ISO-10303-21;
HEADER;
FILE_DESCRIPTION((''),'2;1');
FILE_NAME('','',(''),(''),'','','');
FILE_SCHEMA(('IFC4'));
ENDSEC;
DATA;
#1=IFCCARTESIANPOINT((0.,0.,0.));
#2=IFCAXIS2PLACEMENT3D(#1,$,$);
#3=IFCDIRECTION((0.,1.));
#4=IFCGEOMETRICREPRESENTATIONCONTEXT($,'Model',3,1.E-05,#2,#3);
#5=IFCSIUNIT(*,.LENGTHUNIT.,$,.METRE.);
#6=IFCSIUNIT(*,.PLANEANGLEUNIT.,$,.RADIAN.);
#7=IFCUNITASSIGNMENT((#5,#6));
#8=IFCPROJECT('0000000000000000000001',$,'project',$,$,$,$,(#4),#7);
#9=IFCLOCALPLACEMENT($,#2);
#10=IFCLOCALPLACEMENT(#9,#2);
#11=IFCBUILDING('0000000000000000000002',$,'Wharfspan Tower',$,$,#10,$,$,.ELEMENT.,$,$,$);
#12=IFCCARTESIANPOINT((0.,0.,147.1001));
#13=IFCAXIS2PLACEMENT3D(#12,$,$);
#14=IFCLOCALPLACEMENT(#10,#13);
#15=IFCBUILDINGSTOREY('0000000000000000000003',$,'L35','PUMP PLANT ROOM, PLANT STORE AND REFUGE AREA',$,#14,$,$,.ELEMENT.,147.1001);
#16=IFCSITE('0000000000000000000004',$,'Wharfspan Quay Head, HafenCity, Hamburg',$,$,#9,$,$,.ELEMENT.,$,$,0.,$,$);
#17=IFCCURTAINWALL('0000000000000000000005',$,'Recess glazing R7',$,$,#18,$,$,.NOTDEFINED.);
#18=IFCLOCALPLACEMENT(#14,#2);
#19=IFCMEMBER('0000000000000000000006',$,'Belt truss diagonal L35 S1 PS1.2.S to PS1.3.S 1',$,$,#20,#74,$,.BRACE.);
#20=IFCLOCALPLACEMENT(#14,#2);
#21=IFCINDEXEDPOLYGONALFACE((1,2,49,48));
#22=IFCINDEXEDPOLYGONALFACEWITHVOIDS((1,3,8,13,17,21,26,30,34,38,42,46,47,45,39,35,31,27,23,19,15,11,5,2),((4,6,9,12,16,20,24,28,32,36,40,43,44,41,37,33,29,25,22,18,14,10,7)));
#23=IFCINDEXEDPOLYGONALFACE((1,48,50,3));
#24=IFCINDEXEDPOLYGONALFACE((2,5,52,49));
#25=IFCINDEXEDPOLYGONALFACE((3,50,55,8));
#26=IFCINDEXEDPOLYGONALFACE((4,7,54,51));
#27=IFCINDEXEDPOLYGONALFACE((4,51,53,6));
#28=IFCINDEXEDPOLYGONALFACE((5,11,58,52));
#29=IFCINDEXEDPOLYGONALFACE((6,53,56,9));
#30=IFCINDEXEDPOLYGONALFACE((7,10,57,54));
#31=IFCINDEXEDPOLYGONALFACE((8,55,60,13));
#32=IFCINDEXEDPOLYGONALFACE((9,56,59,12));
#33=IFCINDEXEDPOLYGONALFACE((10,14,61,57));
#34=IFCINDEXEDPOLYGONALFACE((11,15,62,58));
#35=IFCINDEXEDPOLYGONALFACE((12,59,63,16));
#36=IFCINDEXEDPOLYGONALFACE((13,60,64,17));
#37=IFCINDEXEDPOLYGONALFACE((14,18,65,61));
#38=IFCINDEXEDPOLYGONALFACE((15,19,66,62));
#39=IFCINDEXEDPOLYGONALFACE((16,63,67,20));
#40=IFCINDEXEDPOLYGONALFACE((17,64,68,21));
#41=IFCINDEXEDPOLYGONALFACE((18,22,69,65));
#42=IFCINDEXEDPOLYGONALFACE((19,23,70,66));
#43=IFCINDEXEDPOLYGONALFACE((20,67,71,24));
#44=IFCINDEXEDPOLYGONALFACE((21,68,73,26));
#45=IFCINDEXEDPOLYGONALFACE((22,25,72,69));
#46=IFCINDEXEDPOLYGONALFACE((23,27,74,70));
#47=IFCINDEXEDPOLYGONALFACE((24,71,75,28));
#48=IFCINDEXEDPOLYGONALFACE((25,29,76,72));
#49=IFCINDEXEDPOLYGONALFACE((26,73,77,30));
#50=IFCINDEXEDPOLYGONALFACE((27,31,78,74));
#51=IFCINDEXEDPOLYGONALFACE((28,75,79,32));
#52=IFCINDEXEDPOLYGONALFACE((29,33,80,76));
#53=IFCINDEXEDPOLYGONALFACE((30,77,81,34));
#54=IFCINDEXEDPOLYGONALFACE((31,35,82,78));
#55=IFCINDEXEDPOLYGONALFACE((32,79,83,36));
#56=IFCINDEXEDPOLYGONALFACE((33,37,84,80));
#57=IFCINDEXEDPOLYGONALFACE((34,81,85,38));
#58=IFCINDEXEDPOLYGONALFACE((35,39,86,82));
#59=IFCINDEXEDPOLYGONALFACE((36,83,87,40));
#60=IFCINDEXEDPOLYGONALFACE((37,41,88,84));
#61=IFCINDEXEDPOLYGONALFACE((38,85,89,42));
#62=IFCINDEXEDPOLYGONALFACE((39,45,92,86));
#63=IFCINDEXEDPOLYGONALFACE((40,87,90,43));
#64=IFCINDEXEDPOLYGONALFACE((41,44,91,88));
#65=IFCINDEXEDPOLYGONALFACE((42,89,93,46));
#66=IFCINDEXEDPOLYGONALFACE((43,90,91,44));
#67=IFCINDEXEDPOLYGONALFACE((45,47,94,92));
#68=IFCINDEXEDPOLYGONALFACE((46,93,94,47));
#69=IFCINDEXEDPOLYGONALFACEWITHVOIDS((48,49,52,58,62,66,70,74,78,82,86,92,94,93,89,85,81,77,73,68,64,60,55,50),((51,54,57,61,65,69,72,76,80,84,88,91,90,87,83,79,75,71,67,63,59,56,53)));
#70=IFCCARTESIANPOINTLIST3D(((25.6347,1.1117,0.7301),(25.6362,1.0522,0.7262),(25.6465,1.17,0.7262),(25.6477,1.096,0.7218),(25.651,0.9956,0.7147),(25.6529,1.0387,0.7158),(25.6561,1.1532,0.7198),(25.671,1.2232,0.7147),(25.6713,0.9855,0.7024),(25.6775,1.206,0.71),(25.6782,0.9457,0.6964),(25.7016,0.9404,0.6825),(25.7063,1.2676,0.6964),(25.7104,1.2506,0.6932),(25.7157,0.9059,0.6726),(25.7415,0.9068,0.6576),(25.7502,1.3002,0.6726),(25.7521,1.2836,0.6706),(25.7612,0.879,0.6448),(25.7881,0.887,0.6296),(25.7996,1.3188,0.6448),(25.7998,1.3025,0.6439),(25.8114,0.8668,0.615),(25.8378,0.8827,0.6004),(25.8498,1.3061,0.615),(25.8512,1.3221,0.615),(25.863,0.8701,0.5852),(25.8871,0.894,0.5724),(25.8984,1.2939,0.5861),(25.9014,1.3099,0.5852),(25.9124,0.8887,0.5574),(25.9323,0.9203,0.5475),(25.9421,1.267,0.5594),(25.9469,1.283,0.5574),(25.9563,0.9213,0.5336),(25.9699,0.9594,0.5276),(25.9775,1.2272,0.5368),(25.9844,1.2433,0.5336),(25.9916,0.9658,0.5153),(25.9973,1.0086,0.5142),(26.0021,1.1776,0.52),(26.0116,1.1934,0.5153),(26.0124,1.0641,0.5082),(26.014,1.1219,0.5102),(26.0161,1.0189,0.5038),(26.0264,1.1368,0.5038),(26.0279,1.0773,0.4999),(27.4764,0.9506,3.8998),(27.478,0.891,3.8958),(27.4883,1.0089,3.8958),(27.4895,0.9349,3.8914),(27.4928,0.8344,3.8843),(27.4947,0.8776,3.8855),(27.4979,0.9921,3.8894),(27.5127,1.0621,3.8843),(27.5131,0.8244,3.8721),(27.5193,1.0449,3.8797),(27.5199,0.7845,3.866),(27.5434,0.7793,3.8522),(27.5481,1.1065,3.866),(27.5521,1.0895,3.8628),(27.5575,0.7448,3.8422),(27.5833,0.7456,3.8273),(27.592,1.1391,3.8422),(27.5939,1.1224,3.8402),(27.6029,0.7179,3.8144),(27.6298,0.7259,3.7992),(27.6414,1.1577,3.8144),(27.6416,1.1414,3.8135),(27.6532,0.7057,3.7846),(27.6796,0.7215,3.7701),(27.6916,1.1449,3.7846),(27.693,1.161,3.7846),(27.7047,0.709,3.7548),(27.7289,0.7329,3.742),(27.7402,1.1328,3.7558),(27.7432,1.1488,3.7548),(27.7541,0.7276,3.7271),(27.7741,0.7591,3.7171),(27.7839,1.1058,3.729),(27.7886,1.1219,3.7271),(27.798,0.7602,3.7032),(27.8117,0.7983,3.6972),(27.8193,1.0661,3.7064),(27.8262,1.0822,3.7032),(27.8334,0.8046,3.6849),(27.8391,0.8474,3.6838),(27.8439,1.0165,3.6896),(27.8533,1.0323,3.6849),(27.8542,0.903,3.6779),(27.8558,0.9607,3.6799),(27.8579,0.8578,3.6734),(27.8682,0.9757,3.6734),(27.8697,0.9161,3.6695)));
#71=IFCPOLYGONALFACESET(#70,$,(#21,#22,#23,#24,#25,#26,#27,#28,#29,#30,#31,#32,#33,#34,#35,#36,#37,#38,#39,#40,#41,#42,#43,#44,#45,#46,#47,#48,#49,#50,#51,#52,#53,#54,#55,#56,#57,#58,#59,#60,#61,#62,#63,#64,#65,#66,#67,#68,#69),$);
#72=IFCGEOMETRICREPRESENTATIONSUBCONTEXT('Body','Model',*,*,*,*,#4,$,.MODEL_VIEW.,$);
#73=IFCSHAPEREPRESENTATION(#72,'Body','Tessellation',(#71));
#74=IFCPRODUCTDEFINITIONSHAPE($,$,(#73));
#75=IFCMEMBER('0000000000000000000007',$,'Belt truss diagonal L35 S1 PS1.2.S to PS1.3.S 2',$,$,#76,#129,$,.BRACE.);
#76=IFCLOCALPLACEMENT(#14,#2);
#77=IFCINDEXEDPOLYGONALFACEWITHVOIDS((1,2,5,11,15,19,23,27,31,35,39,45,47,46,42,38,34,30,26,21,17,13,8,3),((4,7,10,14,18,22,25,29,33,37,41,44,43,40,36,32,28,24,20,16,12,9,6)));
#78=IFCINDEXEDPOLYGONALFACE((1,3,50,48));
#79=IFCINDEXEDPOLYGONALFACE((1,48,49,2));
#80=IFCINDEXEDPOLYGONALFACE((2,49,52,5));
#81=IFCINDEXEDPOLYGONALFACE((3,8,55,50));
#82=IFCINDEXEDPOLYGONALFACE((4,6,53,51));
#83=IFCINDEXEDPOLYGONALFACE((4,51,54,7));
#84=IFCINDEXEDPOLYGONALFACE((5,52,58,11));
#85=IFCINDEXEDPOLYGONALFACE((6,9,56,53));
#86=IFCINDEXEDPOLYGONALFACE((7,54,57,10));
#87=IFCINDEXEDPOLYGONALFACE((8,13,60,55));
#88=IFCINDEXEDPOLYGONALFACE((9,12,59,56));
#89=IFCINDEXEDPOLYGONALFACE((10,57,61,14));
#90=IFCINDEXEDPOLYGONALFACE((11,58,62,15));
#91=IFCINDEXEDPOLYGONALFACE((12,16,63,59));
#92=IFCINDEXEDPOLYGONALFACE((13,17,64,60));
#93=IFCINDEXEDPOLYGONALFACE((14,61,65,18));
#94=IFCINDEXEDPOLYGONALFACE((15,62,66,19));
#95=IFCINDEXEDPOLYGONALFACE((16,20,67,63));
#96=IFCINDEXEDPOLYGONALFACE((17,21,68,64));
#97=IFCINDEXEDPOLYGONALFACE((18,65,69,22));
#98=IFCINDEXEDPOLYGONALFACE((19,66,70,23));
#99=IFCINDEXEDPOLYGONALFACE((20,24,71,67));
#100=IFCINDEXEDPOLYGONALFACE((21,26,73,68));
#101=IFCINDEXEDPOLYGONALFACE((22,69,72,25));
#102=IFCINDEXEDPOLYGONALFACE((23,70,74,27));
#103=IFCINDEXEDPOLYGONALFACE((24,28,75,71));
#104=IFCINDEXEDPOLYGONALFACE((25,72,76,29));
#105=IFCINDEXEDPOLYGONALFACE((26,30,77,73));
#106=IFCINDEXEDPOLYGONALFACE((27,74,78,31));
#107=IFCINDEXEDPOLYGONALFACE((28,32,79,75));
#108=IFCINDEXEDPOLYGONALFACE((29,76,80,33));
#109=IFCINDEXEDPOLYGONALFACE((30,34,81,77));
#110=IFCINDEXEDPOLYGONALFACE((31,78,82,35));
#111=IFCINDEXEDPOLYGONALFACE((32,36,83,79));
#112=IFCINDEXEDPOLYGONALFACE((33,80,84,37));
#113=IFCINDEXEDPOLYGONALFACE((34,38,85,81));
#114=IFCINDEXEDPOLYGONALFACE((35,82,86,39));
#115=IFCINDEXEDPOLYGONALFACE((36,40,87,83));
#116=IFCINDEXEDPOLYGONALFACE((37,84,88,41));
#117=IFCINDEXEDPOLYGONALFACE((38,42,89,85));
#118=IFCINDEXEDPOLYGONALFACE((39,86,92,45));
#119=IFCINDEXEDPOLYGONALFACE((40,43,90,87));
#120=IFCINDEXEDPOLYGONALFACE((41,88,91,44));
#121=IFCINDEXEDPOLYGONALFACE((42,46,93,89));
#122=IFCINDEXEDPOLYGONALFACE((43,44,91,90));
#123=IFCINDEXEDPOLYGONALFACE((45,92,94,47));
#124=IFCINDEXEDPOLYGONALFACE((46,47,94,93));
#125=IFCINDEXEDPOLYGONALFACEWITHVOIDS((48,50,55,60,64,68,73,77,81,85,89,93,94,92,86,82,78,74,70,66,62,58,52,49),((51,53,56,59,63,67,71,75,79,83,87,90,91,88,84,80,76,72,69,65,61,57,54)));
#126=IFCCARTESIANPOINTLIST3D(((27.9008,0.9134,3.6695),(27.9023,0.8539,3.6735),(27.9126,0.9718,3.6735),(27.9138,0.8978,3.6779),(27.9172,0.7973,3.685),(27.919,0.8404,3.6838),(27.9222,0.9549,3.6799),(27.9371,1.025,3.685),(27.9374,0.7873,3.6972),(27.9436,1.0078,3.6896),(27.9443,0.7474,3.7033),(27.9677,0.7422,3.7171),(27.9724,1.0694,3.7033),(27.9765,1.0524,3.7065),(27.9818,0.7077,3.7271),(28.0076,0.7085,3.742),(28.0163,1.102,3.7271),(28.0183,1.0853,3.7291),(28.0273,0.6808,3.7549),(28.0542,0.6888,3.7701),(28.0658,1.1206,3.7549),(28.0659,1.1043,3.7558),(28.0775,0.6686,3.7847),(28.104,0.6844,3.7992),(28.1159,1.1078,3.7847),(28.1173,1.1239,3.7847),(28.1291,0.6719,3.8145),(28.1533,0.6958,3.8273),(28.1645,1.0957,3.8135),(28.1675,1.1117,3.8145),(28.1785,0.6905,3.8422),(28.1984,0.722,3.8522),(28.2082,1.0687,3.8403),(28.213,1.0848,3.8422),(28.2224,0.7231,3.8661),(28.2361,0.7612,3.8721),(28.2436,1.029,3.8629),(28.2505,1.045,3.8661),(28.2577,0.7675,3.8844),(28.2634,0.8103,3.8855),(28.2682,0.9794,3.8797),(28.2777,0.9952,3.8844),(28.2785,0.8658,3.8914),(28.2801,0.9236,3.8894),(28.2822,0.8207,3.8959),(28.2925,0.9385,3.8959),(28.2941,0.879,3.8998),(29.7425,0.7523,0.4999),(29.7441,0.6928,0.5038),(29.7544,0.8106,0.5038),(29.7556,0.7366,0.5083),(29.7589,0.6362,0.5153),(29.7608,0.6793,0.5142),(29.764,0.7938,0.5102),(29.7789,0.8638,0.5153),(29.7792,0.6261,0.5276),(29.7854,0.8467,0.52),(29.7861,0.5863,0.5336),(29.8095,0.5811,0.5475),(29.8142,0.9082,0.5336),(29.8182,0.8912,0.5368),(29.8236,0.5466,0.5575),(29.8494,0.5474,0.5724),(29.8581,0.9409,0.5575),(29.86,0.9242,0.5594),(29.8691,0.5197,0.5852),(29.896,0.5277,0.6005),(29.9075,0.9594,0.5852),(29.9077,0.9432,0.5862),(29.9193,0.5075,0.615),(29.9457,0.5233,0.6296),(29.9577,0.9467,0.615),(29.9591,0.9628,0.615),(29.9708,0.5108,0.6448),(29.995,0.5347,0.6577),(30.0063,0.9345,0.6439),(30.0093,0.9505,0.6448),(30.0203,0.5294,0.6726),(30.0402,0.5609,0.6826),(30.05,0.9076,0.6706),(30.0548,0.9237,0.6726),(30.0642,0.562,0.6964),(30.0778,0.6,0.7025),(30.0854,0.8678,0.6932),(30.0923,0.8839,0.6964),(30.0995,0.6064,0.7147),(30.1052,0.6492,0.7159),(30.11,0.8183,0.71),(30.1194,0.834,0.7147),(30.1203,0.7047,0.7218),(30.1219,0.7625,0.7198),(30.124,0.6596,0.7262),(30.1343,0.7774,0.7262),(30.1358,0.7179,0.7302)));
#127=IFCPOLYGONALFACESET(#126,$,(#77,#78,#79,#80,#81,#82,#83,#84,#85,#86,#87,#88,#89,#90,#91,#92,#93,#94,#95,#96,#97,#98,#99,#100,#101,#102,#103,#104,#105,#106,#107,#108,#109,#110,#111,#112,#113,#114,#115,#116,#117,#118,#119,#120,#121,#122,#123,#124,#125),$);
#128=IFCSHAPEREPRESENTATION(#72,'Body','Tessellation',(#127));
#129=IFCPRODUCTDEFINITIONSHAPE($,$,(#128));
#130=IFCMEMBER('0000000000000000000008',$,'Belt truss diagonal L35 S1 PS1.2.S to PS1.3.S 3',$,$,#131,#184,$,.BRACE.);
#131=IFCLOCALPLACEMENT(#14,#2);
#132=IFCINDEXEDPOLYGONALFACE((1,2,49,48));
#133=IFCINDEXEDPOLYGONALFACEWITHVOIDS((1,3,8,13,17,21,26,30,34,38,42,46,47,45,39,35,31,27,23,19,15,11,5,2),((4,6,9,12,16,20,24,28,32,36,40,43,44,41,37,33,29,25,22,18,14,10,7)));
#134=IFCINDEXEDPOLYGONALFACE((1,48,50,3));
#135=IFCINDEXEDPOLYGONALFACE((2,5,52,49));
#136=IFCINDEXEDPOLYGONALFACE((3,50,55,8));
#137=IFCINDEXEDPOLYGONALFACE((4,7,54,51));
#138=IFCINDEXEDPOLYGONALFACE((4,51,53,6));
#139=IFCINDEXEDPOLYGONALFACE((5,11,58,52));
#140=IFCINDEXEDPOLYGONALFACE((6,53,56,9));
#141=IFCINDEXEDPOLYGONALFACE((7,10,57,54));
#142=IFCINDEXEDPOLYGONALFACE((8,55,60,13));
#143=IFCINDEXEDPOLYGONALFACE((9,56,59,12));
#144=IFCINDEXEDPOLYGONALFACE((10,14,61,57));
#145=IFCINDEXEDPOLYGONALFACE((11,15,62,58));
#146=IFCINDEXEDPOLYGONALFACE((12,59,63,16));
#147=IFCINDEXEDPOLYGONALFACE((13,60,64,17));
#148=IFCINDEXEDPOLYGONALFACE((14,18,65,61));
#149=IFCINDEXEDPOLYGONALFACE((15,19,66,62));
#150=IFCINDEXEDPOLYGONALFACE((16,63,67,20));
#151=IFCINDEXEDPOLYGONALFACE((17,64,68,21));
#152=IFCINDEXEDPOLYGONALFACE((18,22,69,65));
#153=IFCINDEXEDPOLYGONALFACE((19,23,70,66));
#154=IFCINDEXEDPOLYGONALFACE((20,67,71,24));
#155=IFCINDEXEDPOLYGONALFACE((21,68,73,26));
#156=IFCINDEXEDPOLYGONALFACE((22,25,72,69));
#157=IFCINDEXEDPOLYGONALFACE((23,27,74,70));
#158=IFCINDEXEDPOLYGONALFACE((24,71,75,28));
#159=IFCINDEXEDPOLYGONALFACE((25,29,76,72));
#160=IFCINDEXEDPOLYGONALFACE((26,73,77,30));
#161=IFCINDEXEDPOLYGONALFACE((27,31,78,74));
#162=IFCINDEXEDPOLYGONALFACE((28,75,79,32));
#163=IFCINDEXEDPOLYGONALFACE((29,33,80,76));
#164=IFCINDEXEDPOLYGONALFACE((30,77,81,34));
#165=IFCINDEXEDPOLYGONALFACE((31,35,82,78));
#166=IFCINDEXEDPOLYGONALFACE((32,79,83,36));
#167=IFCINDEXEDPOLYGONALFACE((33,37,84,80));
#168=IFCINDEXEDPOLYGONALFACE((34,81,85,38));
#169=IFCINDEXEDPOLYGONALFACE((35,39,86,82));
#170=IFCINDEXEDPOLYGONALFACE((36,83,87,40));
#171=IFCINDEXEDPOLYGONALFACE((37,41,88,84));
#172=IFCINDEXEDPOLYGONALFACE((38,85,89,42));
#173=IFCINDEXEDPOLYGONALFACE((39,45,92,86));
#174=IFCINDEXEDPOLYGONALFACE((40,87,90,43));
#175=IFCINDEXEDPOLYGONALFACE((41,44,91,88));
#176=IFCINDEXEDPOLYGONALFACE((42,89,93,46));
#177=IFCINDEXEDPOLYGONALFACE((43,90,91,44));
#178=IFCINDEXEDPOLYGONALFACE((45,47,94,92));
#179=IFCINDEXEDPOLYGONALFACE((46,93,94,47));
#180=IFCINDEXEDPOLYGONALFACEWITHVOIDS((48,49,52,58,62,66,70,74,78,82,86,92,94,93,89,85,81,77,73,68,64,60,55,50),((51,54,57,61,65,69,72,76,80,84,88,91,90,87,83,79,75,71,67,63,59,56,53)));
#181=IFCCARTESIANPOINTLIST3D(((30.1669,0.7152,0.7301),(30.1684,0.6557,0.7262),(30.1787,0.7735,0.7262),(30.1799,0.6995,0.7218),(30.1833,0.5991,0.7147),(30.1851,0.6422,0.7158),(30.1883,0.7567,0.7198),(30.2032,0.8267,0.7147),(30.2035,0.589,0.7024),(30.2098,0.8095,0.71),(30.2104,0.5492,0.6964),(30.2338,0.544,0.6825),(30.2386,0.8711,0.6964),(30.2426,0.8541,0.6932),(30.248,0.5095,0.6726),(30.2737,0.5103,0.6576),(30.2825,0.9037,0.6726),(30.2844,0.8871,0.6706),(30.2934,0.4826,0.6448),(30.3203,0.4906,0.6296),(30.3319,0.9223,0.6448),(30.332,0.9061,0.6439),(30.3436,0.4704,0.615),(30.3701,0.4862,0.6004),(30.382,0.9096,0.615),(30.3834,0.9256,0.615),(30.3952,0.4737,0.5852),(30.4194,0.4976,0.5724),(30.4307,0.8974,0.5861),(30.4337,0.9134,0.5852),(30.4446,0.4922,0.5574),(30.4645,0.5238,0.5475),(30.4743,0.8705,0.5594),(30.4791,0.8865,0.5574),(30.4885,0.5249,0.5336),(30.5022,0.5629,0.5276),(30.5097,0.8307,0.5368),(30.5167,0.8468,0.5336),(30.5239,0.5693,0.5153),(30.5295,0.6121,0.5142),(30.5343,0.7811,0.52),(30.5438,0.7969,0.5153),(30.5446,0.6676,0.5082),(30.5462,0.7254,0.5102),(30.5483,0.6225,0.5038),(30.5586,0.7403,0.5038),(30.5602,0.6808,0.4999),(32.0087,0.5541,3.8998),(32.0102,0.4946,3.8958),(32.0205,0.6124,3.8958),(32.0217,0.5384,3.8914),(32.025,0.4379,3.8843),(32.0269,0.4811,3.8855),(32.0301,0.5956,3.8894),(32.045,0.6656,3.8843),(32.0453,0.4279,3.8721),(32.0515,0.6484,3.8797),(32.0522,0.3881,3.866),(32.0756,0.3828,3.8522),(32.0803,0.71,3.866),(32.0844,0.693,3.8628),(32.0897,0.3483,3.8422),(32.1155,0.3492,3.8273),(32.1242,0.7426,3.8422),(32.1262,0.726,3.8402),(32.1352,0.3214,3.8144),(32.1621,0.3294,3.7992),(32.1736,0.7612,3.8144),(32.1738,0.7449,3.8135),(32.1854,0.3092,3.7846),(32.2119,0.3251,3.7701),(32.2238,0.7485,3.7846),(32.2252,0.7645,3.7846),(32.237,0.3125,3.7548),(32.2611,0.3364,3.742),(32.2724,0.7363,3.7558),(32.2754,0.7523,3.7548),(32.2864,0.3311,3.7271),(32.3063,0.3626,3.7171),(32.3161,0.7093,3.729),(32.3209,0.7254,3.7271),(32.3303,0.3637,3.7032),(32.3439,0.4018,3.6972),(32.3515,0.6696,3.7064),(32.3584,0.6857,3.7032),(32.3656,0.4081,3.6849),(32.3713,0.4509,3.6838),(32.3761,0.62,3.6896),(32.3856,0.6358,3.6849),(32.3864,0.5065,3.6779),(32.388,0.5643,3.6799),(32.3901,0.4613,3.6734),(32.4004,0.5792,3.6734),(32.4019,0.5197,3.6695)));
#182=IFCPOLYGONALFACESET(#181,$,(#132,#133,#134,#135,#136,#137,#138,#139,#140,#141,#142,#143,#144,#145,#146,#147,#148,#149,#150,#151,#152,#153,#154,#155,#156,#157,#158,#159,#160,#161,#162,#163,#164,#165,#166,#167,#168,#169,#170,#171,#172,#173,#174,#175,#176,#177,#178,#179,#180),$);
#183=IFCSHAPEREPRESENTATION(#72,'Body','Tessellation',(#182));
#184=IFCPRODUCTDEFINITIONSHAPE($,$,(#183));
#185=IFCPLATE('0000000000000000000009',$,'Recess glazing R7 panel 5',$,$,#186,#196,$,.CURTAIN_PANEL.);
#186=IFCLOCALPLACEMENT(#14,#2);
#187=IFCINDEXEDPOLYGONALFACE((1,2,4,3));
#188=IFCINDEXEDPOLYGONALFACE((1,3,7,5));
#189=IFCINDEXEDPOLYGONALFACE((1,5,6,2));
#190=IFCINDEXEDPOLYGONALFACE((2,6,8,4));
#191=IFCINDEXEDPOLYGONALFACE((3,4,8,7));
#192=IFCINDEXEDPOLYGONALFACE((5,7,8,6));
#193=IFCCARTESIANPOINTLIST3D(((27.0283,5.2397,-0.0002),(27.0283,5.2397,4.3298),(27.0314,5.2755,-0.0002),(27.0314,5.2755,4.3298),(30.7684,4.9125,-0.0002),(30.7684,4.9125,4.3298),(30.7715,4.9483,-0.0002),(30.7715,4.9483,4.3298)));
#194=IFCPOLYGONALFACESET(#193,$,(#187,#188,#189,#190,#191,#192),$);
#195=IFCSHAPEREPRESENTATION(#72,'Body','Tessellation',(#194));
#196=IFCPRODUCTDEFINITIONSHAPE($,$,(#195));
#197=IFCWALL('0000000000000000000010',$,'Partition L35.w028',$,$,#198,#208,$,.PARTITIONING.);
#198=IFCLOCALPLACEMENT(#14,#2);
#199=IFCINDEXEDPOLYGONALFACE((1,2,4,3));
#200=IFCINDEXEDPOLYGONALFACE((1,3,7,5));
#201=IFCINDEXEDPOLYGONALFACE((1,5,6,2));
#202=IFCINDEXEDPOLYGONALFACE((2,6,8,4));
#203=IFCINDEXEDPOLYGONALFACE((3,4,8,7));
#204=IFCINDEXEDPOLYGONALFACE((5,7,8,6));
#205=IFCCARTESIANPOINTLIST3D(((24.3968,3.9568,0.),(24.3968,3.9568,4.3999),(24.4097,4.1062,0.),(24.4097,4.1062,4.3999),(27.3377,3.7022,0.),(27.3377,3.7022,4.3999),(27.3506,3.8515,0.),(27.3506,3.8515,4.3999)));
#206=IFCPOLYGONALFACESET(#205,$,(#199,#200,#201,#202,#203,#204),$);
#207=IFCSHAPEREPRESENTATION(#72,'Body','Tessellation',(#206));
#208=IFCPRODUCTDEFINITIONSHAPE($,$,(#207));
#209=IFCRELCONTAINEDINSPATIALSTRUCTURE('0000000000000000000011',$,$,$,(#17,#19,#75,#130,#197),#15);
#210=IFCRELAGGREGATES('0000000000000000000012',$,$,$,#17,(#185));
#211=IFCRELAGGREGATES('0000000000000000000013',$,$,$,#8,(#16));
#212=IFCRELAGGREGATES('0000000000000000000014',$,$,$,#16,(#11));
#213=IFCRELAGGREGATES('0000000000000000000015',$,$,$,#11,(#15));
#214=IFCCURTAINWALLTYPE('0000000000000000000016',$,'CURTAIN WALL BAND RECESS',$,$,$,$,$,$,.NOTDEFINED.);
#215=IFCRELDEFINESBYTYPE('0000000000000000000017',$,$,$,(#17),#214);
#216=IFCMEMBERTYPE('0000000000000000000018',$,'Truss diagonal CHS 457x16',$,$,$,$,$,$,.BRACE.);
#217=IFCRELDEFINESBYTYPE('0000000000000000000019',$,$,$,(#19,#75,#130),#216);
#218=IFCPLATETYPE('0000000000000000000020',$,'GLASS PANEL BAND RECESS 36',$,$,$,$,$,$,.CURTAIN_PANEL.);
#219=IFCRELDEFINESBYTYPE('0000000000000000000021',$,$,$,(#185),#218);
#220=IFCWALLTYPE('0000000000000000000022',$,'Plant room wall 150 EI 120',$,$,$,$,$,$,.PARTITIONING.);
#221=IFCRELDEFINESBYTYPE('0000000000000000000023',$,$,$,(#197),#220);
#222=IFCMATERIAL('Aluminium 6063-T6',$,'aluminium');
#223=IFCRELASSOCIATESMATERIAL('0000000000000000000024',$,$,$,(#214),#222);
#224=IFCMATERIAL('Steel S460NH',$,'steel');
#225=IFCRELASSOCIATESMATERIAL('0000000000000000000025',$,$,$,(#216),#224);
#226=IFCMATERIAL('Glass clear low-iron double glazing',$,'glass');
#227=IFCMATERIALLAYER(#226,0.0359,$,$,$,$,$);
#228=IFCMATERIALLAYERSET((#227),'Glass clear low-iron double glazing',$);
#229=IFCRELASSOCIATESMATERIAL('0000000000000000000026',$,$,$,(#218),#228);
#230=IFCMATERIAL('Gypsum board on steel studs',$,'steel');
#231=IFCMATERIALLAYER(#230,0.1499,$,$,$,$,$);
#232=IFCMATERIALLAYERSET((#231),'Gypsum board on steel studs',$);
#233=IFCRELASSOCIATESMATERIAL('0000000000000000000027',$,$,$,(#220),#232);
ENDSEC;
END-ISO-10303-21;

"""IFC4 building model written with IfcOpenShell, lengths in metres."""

from ifc_helpers import new_model, si_unit, direction, frame, frame_2d, origin, origin_2d, place, context, subcontext, project, spatial, rectangle, hollow_circle, extrude, material, layer, layer_set, material_profile, profile_set, type_object, element, aggregate, save


model = new_model("IFC4")

# Units and contexts
model_context = context("Model", 3, precision=1e-05, world=origin(), true_north=direction((0.0, 1.0)))
body_context = subcontext(model_context, "Body", "Model", "MODEL_VIEW")
ifc_project = project(units=[si_unit("LENGTHUNIT", "METRE"), si_unit("PLANEANGLEUNIT", "RADIAN")], contexts=[model_context])

# Site, building, storey
site_placement = place(None, origin())
site = spatial("IfcSite", under=ifc_project, at=site_placement, Name="Wharfspan Quay Head, HafenCity, Hamburg", CompositionType="ELEMENT", RefElevation=0.0)
building_placement = place(site_placement, origin())
building = spatial("IfcBuilding", under=site, at=building_placement, Name="Wharfspan Tower", CompositionType="ELEMENT")
storey_placement = place(building_placement, frame((0.0, 0.0, 147.1001)))
storey = spatial("IfcBuildingStorey", under=building, at=storey_placement, Name="L35", Description="PUMP PLANT ROOM, PLANT STORE AND REFUGE AREA", CompositionType="ELEMENT", Elevation=147.1001)

# Curtain wall
ifc_material_1 = material(Name="Aluminium 6063-T6", Category="aluminium")
curtain_wall_type = type_object("IfcCurtainWallType", Name="CURTAIN WALL BAND RECESS", PredefinedType="NOTDEFINED", material=ifc_material_1)
curtain_wall_placement = place(storey_placement, origin())
curtain_wall = element("IfcCurtainWall", 1, at=curtain_wall_placement, inside=storey, type_object=curtain_wall_type, Name="Recess glazing R7", PredefinedType="NOTDEFINED")

# Members
ifc_material_2 = material(Name="Steel S460NH", Category="steel")
ifc_material_profile_1 = material_profile(ifc_material_2, hollow_circle(Radius=0.2285, WallThickness=0.0161, at=origin_2d()))
ifc_profile_set_1 = profile_set([ifc_material_profile_1], Name="Steel S460NH")
member_type_1 = type_object("IfcMemberType", Name="Truss diagonal CHS 457x16", PredefinedType="BRACE", material=ifc_profile_set_1)
for number, where, z_axis, x_axis, name in (
    (2, (25.8313, 1.0945, 0.615), (0.501924, -0.043912, 0.863796), (0.087153, 0.996198, 0.000001), "Belt truss diagonal L35 S1 PS1.2.S to PS1.3.S 1"),
    (3, (28.0974, 0.8962, 3.7847), (0.501924, -0.043912, -0.863796), (0.087153, 0.996198, -0.000001), "Belt truss diagonal L35 S1 PS1.2.S to PS1.3.S 2"),
    (4, (30.3635, 0.698, 0.615), (0.501924, -0.043912, 0.863796), (0.087153, 0.996198, 0.000001), "Belt truss diagonal L35 S1 PS1.2.S to PS1.3.S 3"),
):
    element("IfcMember", number, at=place(storey_placement, frame(where, z_axis=z_axis, x_axis=x_axis)), inside=storey, type_object=member_type_1, Name=name, PredefinedType="BRACE", context=body_context, shape_type="SweptSolid", body=[
        extrude(hollow_circle(Radius=0.2285, WallThickness=0.0161, at=origin_2d()), origin(), (0.0, 0.0, 1.0), 3.6694),
    ])

# Plate
ifc_material_3 = material(Name="Glass clear low-iron double glazing", Category="glass")
ifc_layer_1 = layer(ifc_material_3, 0.0359)
ifc_layer_set_1 = layer_set([ifc_layer_1], Name="Glass clear low-iron double glazing")
plate_type = type_object("IfcPlateType", Name="GLASS PANEL BAND RECESS 36", PredefinedType="CURTAIN_PANEL", material=ifc_layer_set_1)
plate_placement = place(storey_placement, frame((28.8999, 5.094, -0.0002), z_axis=(0.0, 0.0, 1.0), x_axis=(-0.996198, 0.087156, 0.0)))
plate = element("IfcPlate", 5, at=plate_placement, type_object=plate_type, Name="Recess glazing R7 panel 5", PredefinedType="CURTAIN_PANEL", context=body_context, shape_type="SweptSolid", body=[
    extrude(rectangle(XDim=3.7544, YDim=0.0359, at=origin_2d()), origin(), (0.0, 0.0, 1.0), 4.3301),
])
aggregate(curtain_wall, [plate])

# Wall
ifc_material_4 = material(Name="Gypsum board on steel studs", Category="steel")
ifc_layer_2 = layer(ifc_material_4, 0.1499)
ifc_layer_set_2 = layer_set([ifc_layer_2], Name="Gypsum board on steel studs")
wall_type_1 = type_object("IfcWallType", Name="Plant room wall 150 EI 120", PredefinedType="PARTITIONING", material=ifc_layer_set_2)
wall_1_placement = place(storey_placement, frame((27.3442, 3.7769, 0.0), z_axis=(0.0, 0.0, 1.0), x_axis=(-0.996272, 0.086262, 0.0)))
element("IfcWall", 6, at=wall_1_placement, inside=storey, type_object=wall_type_1, Name="Partition L35.w028", PredefinedType="PARTITIONING", context=body_context, shape_type="SweptSolid", body=[
    extrude(rectangle(XDim=2.9519, YDim=0.1499, at=frame_2d((1.4761, 0.0))), origin(), (0.0, 0.0, 1.0), 4.3999),
])

save(model, "model.ifc")
